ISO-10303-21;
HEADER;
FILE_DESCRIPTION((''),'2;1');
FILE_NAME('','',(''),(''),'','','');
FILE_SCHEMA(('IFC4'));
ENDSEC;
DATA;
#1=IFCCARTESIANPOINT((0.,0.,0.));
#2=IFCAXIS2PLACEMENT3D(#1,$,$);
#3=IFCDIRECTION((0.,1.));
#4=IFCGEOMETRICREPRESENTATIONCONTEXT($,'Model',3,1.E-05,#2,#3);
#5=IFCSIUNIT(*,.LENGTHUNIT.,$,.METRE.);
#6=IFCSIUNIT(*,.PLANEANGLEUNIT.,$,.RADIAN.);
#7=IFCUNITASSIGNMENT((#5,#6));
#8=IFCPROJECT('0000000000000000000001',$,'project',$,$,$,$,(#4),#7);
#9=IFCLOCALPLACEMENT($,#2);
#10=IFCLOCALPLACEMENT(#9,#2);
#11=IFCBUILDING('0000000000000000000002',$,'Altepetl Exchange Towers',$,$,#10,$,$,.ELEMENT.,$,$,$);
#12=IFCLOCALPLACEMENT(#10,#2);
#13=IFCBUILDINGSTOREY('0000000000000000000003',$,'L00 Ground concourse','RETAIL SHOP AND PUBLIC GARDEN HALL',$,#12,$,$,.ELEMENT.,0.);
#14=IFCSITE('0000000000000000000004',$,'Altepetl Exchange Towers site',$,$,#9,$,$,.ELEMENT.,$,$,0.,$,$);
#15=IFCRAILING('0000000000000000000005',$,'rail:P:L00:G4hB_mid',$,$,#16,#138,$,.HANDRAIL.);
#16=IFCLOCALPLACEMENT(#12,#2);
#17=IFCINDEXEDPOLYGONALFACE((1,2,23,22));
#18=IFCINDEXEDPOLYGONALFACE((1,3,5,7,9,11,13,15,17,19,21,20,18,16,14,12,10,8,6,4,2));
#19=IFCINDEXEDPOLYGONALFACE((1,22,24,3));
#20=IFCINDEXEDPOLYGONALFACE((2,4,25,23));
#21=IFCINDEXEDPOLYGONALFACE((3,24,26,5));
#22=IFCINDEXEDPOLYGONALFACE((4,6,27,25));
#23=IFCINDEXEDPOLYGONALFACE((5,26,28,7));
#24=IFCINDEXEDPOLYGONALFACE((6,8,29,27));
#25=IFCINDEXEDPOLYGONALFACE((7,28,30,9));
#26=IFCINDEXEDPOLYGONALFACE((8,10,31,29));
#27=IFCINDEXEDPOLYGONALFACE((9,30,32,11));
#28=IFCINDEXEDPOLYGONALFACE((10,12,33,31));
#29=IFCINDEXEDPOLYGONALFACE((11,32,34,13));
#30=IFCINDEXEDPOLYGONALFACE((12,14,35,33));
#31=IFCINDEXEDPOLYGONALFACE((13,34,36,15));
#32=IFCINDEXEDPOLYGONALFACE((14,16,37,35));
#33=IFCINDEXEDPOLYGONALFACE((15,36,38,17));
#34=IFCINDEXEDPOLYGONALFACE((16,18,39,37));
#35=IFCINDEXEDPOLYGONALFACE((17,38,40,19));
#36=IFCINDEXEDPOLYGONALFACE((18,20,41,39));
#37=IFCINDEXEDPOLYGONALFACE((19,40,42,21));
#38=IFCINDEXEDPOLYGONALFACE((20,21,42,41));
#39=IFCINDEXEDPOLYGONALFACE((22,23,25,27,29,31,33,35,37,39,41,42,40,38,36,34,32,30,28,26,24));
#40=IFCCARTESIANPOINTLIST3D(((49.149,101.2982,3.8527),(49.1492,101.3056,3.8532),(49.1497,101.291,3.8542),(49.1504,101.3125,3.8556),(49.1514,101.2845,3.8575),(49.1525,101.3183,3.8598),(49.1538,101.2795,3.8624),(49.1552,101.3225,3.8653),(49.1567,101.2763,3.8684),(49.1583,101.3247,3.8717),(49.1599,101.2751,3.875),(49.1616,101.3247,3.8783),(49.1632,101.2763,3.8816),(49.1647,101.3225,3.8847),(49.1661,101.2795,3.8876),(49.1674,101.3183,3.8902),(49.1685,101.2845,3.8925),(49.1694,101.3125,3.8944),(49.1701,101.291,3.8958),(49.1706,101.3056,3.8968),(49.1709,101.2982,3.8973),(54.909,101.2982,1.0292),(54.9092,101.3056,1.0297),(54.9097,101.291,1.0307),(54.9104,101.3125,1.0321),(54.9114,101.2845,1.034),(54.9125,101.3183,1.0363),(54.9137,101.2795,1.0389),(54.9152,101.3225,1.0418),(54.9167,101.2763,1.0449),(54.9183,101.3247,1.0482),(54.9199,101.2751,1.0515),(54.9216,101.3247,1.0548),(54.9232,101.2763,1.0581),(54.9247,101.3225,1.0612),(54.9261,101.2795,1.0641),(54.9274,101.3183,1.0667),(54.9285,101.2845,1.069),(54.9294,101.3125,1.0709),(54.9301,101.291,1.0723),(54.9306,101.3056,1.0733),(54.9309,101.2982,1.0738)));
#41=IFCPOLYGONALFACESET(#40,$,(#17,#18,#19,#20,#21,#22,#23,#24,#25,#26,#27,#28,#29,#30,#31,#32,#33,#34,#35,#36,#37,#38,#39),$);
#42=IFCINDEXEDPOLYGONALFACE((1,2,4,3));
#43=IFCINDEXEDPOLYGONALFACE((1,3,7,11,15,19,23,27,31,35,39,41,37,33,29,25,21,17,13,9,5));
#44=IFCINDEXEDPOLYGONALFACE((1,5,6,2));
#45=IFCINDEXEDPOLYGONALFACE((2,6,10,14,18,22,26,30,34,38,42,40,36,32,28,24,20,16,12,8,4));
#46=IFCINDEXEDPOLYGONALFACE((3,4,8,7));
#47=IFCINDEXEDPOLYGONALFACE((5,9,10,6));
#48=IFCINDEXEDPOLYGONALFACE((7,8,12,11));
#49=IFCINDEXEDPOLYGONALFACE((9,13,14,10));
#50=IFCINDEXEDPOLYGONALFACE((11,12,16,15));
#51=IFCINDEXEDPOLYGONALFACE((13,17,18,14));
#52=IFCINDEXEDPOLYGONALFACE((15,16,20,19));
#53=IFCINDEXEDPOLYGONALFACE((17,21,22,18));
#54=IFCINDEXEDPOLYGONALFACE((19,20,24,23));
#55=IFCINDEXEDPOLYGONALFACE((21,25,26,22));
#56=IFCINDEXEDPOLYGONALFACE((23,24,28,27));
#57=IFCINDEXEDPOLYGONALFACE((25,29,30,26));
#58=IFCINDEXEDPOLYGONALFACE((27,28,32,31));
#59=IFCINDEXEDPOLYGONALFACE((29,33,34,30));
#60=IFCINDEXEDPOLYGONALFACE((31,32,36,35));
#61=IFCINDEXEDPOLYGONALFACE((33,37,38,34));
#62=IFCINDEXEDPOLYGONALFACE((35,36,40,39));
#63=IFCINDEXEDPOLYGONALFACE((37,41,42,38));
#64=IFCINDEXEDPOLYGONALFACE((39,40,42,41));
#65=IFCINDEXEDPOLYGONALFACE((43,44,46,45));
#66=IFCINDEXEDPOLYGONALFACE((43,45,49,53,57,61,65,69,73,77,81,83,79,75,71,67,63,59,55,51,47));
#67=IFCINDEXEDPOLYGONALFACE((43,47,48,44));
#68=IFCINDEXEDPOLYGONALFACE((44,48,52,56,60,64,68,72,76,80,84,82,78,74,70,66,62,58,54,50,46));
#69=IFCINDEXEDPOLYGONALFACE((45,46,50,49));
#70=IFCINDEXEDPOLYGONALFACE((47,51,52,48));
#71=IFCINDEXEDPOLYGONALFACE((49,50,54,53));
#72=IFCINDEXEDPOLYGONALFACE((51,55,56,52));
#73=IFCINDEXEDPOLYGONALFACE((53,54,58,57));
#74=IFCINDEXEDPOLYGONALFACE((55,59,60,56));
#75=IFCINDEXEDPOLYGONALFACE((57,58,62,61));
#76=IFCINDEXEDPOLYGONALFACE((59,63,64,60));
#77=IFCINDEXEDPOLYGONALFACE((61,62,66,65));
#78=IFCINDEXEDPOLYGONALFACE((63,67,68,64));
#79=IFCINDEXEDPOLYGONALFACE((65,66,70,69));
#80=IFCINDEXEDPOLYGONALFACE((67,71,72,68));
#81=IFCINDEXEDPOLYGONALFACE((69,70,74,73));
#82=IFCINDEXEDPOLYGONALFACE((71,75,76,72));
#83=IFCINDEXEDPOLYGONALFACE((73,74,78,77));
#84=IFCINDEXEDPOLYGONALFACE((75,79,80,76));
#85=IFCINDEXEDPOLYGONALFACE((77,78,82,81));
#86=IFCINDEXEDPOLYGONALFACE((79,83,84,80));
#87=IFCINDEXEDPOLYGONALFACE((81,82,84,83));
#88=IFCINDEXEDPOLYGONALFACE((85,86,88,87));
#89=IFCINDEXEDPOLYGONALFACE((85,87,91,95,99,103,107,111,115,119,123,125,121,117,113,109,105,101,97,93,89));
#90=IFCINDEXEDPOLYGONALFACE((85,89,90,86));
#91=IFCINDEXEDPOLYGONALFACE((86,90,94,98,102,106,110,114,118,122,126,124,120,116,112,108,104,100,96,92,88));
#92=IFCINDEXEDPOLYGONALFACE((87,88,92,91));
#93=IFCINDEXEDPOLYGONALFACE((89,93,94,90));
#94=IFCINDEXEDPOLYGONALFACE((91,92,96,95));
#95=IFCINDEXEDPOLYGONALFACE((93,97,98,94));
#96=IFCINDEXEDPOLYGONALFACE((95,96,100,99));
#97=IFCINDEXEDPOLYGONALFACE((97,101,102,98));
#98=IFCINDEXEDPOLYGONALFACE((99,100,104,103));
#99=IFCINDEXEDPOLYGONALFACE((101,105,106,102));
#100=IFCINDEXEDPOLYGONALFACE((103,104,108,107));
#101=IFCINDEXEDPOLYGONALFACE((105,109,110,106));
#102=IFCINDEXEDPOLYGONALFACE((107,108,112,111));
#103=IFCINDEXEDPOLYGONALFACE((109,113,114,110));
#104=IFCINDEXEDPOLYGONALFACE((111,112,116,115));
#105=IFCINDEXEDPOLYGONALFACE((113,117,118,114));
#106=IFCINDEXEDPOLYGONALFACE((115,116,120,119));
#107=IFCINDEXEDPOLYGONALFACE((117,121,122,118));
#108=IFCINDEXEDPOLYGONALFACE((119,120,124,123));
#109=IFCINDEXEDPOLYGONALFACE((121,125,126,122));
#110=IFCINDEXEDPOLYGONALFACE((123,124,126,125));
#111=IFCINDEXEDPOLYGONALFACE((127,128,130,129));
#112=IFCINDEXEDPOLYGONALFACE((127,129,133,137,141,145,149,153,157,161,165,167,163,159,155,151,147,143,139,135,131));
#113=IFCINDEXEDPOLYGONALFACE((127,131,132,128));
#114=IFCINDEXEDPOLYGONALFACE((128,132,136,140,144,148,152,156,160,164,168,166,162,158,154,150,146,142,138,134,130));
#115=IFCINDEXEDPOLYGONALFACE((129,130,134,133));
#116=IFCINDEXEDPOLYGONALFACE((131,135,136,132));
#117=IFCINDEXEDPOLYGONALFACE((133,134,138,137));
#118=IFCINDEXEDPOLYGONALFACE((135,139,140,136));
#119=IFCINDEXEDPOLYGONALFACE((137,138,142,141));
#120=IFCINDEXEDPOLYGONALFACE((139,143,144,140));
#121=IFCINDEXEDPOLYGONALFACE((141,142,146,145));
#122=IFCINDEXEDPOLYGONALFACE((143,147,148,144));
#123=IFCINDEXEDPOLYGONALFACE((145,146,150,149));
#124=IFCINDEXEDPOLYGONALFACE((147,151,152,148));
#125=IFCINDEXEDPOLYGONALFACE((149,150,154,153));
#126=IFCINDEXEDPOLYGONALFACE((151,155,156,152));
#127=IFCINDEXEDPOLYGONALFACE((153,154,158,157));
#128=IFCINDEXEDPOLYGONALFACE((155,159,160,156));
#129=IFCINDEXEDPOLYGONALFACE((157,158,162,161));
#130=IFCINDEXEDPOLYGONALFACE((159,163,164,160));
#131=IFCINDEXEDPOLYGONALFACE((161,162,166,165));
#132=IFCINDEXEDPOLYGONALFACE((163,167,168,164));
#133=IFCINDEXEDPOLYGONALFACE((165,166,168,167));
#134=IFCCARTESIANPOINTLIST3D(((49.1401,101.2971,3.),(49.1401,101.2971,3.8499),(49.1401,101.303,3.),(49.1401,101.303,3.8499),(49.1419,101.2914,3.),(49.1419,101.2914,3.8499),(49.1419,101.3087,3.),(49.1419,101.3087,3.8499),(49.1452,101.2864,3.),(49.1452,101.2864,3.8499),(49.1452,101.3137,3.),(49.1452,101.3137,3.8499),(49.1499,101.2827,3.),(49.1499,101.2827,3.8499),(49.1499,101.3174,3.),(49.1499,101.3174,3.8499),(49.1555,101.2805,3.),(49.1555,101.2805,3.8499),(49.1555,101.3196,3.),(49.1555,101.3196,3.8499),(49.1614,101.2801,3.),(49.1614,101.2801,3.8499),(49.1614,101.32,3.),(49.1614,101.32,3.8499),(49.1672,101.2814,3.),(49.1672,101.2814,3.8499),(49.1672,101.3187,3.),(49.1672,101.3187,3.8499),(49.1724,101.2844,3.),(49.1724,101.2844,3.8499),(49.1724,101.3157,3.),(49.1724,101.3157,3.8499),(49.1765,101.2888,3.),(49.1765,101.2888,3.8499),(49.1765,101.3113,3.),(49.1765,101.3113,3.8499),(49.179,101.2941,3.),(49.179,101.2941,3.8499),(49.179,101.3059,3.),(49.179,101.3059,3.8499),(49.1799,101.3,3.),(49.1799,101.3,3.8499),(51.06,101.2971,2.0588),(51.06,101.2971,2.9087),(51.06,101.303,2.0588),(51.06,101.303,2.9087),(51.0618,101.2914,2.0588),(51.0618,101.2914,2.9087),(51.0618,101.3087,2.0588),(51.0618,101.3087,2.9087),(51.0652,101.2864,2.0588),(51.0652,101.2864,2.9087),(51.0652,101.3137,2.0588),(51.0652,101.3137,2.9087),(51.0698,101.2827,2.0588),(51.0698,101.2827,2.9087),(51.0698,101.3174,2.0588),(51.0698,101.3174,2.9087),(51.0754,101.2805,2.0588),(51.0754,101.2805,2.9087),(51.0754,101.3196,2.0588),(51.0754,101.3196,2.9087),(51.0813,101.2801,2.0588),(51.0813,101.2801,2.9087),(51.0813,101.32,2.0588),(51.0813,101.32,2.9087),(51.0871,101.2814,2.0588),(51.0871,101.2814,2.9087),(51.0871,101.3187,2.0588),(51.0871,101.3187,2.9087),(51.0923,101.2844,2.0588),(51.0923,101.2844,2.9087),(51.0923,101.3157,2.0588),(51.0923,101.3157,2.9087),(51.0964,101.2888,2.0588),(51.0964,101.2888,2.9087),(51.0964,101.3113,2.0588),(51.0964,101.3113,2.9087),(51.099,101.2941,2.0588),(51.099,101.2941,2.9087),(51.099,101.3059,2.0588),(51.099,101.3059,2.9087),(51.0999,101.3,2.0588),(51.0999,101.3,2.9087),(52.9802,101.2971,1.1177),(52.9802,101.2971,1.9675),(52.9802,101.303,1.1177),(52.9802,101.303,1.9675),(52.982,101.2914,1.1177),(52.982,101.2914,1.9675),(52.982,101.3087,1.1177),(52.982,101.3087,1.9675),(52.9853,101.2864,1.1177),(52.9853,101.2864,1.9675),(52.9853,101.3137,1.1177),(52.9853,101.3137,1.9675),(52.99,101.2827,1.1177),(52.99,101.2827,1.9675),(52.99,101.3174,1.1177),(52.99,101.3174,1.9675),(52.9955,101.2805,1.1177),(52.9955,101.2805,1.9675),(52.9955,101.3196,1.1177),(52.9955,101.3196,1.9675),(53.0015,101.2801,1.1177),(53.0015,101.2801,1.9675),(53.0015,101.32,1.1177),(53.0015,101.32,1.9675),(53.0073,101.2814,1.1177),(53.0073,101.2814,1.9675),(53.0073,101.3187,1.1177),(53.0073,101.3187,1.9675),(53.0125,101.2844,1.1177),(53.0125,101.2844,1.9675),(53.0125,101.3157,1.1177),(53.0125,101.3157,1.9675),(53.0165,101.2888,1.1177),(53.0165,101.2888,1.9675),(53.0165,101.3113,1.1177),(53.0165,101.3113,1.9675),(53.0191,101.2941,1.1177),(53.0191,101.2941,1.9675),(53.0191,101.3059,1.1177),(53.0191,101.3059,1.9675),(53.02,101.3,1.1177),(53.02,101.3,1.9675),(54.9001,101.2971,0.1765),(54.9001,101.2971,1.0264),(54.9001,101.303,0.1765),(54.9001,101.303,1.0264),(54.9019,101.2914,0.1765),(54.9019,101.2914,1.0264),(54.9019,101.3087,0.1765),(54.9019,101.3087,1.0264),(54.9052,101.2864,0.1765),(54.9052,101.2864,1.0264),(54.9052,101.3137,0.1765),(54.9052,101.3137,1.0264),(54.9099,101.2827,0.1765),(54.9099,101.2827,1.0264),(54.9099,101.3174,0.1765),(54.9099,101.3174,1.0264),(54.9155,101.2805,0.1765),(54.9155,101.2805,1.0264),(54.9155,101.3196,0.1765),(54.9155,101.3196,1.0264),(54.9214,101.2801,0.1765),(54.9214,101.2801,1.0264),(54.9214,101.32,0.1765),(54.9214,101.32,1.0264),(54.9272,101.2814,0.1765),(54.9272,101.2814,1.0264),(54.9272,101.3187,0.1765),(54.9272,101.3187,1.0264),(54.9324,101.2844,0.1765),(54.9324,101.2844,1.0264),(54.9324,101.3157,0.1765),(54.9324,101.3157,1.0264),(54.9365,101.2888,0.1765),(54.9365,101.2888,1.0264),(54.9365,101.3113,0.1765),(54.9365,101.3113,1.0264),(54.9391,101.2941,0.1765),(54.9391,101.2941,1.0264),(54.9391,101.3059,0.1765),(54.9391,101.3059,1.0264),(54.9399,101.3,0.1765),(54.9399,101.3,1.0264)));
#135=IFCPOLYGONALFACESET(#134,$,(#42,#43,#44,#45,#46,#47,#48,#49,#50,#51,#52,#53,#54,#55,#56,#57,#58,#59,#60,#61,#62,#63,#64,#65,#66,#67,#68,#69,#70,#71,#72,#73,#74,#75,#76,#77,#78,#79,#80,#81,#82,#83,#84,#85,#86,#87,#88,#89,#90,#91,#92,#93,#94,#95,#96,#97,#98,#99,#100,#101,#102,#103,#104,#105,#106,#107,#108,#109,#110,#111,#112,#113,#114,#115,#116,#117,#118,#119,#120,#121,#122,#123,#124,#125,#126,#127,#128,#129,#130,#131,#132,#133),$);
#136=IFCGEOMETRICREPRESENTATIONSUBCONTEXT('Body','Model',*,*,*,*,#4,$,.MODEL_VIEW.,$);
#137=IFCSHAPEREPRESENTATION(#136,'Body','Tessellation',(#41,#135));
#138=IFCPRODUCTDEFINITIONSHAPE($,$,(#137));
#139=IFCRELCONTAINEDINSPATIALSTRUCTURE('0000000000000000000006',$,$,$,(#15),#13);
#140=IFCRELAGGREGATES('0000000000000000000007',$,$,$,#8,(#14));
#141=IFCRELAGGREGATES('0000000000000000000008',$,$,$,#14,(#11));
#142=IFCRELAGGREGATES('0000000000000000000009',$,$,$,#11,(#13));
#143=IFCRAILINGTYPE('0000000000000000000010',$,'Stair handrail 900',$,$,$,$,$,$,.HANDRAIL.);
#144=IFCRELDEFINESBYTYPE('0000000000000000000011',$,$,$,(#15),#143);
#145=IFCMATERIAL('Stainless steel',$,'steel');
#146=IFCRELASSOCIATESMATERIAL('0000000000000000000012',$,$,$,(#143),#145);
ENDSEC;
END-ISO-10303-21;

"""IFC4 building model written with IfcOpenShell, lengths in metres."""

from ifc_helpers import new_model, si_unit, direction, frame, origin, origin_2d, place, context, subcontext, project, spatial, circle, extrude, source, transform, mapped, material, type_object, element, save


model = new_model("IFC4")

# Units and contexts
model_context = context("Model", 3, precision=1e-05, world=origin(), true_north=direction((0.0, 1.0)))
body_context = subcontext(model_context, "Body", "Model", "MODEL_VIEW")
ifc_project = project(units=[si_unit("LENGTHUNIT", "METRE"), si_unit("PLANEANGLEUNIT", "RADIAN")], contexts=[model_context])

# Site, building, storey
site_placement = place(None, origin())
site = spatial("IfcSite", under=ifc_project, at=site_placement, Name="Altepetl Exchange Towers site", CompositionType="ELEMENT", RefElevation=0.0)
building_placement = place(site_placement, origin())
building = spatial("IfcBuilding", under=site, at=building_placement, Name="Altepetl Exchange Towers", CompositionType="ELEMENT")
storey_placement = place(building_placement, origin())
storey = spatial("IfcBuildingStorey", under=building, at=storey_placement, Name="L00 Ground concourse", Description="RETAIL SHOP AND PUBLIC GARDEN HALL", CompositionType="ELEMENT", Elevation=0.0)

# Railing
ifc_material_1 = material(Name="Stainless steel", Category="steel")
railing_type_1 = type_object("IfcRailingType", Name="Stair handrail 900", PredefinedType="HANDRAIL", material=ifc_material_1)
shared_shape_1 = source(origin(), body_context, "Body", "SweptSolid", [
    extrude(circle(Radius=0.02, at=origin_2d()), origin(), (0.0, 0.0, 1.0), 0.8499),
])
for number, where, name in (
    (1, (54.9199, 101.3, 0.1765), "rail:P:L00:G4hB_mid"),
):
    element("IfcRailing", number, at=place(storey_placement, frame(where)), inside=storey, type_object=railing_type_1, Name=name, PredefinedType="HANDRAIL", context=body_context, shape_type="SweptSolid", body=[
        extrude(circle(Radius=0.0249, at=origin_2d()), frame((0.0, 0.0, 0.875), z_axis=(-0.897924, 0.0, 0.440151), x_axis=(0.0, -1.0, 0.0)), (0.0, 0.0, 1.0), 6.4148),
        mapped(shared_shape_1, transform((0.0, 0.0, 0.0))),
        mapped(shared_shape_1, transform((-1.9199, 0.0, 0.9412))),
        mapped(shared_shape_1, transform((-3.8401, 0.0, 1.8823))),
        mapped(shared_shape_1, transform((-5.76, 0.0, 2.8235))),
    ])

save(model, "model.ifc")
